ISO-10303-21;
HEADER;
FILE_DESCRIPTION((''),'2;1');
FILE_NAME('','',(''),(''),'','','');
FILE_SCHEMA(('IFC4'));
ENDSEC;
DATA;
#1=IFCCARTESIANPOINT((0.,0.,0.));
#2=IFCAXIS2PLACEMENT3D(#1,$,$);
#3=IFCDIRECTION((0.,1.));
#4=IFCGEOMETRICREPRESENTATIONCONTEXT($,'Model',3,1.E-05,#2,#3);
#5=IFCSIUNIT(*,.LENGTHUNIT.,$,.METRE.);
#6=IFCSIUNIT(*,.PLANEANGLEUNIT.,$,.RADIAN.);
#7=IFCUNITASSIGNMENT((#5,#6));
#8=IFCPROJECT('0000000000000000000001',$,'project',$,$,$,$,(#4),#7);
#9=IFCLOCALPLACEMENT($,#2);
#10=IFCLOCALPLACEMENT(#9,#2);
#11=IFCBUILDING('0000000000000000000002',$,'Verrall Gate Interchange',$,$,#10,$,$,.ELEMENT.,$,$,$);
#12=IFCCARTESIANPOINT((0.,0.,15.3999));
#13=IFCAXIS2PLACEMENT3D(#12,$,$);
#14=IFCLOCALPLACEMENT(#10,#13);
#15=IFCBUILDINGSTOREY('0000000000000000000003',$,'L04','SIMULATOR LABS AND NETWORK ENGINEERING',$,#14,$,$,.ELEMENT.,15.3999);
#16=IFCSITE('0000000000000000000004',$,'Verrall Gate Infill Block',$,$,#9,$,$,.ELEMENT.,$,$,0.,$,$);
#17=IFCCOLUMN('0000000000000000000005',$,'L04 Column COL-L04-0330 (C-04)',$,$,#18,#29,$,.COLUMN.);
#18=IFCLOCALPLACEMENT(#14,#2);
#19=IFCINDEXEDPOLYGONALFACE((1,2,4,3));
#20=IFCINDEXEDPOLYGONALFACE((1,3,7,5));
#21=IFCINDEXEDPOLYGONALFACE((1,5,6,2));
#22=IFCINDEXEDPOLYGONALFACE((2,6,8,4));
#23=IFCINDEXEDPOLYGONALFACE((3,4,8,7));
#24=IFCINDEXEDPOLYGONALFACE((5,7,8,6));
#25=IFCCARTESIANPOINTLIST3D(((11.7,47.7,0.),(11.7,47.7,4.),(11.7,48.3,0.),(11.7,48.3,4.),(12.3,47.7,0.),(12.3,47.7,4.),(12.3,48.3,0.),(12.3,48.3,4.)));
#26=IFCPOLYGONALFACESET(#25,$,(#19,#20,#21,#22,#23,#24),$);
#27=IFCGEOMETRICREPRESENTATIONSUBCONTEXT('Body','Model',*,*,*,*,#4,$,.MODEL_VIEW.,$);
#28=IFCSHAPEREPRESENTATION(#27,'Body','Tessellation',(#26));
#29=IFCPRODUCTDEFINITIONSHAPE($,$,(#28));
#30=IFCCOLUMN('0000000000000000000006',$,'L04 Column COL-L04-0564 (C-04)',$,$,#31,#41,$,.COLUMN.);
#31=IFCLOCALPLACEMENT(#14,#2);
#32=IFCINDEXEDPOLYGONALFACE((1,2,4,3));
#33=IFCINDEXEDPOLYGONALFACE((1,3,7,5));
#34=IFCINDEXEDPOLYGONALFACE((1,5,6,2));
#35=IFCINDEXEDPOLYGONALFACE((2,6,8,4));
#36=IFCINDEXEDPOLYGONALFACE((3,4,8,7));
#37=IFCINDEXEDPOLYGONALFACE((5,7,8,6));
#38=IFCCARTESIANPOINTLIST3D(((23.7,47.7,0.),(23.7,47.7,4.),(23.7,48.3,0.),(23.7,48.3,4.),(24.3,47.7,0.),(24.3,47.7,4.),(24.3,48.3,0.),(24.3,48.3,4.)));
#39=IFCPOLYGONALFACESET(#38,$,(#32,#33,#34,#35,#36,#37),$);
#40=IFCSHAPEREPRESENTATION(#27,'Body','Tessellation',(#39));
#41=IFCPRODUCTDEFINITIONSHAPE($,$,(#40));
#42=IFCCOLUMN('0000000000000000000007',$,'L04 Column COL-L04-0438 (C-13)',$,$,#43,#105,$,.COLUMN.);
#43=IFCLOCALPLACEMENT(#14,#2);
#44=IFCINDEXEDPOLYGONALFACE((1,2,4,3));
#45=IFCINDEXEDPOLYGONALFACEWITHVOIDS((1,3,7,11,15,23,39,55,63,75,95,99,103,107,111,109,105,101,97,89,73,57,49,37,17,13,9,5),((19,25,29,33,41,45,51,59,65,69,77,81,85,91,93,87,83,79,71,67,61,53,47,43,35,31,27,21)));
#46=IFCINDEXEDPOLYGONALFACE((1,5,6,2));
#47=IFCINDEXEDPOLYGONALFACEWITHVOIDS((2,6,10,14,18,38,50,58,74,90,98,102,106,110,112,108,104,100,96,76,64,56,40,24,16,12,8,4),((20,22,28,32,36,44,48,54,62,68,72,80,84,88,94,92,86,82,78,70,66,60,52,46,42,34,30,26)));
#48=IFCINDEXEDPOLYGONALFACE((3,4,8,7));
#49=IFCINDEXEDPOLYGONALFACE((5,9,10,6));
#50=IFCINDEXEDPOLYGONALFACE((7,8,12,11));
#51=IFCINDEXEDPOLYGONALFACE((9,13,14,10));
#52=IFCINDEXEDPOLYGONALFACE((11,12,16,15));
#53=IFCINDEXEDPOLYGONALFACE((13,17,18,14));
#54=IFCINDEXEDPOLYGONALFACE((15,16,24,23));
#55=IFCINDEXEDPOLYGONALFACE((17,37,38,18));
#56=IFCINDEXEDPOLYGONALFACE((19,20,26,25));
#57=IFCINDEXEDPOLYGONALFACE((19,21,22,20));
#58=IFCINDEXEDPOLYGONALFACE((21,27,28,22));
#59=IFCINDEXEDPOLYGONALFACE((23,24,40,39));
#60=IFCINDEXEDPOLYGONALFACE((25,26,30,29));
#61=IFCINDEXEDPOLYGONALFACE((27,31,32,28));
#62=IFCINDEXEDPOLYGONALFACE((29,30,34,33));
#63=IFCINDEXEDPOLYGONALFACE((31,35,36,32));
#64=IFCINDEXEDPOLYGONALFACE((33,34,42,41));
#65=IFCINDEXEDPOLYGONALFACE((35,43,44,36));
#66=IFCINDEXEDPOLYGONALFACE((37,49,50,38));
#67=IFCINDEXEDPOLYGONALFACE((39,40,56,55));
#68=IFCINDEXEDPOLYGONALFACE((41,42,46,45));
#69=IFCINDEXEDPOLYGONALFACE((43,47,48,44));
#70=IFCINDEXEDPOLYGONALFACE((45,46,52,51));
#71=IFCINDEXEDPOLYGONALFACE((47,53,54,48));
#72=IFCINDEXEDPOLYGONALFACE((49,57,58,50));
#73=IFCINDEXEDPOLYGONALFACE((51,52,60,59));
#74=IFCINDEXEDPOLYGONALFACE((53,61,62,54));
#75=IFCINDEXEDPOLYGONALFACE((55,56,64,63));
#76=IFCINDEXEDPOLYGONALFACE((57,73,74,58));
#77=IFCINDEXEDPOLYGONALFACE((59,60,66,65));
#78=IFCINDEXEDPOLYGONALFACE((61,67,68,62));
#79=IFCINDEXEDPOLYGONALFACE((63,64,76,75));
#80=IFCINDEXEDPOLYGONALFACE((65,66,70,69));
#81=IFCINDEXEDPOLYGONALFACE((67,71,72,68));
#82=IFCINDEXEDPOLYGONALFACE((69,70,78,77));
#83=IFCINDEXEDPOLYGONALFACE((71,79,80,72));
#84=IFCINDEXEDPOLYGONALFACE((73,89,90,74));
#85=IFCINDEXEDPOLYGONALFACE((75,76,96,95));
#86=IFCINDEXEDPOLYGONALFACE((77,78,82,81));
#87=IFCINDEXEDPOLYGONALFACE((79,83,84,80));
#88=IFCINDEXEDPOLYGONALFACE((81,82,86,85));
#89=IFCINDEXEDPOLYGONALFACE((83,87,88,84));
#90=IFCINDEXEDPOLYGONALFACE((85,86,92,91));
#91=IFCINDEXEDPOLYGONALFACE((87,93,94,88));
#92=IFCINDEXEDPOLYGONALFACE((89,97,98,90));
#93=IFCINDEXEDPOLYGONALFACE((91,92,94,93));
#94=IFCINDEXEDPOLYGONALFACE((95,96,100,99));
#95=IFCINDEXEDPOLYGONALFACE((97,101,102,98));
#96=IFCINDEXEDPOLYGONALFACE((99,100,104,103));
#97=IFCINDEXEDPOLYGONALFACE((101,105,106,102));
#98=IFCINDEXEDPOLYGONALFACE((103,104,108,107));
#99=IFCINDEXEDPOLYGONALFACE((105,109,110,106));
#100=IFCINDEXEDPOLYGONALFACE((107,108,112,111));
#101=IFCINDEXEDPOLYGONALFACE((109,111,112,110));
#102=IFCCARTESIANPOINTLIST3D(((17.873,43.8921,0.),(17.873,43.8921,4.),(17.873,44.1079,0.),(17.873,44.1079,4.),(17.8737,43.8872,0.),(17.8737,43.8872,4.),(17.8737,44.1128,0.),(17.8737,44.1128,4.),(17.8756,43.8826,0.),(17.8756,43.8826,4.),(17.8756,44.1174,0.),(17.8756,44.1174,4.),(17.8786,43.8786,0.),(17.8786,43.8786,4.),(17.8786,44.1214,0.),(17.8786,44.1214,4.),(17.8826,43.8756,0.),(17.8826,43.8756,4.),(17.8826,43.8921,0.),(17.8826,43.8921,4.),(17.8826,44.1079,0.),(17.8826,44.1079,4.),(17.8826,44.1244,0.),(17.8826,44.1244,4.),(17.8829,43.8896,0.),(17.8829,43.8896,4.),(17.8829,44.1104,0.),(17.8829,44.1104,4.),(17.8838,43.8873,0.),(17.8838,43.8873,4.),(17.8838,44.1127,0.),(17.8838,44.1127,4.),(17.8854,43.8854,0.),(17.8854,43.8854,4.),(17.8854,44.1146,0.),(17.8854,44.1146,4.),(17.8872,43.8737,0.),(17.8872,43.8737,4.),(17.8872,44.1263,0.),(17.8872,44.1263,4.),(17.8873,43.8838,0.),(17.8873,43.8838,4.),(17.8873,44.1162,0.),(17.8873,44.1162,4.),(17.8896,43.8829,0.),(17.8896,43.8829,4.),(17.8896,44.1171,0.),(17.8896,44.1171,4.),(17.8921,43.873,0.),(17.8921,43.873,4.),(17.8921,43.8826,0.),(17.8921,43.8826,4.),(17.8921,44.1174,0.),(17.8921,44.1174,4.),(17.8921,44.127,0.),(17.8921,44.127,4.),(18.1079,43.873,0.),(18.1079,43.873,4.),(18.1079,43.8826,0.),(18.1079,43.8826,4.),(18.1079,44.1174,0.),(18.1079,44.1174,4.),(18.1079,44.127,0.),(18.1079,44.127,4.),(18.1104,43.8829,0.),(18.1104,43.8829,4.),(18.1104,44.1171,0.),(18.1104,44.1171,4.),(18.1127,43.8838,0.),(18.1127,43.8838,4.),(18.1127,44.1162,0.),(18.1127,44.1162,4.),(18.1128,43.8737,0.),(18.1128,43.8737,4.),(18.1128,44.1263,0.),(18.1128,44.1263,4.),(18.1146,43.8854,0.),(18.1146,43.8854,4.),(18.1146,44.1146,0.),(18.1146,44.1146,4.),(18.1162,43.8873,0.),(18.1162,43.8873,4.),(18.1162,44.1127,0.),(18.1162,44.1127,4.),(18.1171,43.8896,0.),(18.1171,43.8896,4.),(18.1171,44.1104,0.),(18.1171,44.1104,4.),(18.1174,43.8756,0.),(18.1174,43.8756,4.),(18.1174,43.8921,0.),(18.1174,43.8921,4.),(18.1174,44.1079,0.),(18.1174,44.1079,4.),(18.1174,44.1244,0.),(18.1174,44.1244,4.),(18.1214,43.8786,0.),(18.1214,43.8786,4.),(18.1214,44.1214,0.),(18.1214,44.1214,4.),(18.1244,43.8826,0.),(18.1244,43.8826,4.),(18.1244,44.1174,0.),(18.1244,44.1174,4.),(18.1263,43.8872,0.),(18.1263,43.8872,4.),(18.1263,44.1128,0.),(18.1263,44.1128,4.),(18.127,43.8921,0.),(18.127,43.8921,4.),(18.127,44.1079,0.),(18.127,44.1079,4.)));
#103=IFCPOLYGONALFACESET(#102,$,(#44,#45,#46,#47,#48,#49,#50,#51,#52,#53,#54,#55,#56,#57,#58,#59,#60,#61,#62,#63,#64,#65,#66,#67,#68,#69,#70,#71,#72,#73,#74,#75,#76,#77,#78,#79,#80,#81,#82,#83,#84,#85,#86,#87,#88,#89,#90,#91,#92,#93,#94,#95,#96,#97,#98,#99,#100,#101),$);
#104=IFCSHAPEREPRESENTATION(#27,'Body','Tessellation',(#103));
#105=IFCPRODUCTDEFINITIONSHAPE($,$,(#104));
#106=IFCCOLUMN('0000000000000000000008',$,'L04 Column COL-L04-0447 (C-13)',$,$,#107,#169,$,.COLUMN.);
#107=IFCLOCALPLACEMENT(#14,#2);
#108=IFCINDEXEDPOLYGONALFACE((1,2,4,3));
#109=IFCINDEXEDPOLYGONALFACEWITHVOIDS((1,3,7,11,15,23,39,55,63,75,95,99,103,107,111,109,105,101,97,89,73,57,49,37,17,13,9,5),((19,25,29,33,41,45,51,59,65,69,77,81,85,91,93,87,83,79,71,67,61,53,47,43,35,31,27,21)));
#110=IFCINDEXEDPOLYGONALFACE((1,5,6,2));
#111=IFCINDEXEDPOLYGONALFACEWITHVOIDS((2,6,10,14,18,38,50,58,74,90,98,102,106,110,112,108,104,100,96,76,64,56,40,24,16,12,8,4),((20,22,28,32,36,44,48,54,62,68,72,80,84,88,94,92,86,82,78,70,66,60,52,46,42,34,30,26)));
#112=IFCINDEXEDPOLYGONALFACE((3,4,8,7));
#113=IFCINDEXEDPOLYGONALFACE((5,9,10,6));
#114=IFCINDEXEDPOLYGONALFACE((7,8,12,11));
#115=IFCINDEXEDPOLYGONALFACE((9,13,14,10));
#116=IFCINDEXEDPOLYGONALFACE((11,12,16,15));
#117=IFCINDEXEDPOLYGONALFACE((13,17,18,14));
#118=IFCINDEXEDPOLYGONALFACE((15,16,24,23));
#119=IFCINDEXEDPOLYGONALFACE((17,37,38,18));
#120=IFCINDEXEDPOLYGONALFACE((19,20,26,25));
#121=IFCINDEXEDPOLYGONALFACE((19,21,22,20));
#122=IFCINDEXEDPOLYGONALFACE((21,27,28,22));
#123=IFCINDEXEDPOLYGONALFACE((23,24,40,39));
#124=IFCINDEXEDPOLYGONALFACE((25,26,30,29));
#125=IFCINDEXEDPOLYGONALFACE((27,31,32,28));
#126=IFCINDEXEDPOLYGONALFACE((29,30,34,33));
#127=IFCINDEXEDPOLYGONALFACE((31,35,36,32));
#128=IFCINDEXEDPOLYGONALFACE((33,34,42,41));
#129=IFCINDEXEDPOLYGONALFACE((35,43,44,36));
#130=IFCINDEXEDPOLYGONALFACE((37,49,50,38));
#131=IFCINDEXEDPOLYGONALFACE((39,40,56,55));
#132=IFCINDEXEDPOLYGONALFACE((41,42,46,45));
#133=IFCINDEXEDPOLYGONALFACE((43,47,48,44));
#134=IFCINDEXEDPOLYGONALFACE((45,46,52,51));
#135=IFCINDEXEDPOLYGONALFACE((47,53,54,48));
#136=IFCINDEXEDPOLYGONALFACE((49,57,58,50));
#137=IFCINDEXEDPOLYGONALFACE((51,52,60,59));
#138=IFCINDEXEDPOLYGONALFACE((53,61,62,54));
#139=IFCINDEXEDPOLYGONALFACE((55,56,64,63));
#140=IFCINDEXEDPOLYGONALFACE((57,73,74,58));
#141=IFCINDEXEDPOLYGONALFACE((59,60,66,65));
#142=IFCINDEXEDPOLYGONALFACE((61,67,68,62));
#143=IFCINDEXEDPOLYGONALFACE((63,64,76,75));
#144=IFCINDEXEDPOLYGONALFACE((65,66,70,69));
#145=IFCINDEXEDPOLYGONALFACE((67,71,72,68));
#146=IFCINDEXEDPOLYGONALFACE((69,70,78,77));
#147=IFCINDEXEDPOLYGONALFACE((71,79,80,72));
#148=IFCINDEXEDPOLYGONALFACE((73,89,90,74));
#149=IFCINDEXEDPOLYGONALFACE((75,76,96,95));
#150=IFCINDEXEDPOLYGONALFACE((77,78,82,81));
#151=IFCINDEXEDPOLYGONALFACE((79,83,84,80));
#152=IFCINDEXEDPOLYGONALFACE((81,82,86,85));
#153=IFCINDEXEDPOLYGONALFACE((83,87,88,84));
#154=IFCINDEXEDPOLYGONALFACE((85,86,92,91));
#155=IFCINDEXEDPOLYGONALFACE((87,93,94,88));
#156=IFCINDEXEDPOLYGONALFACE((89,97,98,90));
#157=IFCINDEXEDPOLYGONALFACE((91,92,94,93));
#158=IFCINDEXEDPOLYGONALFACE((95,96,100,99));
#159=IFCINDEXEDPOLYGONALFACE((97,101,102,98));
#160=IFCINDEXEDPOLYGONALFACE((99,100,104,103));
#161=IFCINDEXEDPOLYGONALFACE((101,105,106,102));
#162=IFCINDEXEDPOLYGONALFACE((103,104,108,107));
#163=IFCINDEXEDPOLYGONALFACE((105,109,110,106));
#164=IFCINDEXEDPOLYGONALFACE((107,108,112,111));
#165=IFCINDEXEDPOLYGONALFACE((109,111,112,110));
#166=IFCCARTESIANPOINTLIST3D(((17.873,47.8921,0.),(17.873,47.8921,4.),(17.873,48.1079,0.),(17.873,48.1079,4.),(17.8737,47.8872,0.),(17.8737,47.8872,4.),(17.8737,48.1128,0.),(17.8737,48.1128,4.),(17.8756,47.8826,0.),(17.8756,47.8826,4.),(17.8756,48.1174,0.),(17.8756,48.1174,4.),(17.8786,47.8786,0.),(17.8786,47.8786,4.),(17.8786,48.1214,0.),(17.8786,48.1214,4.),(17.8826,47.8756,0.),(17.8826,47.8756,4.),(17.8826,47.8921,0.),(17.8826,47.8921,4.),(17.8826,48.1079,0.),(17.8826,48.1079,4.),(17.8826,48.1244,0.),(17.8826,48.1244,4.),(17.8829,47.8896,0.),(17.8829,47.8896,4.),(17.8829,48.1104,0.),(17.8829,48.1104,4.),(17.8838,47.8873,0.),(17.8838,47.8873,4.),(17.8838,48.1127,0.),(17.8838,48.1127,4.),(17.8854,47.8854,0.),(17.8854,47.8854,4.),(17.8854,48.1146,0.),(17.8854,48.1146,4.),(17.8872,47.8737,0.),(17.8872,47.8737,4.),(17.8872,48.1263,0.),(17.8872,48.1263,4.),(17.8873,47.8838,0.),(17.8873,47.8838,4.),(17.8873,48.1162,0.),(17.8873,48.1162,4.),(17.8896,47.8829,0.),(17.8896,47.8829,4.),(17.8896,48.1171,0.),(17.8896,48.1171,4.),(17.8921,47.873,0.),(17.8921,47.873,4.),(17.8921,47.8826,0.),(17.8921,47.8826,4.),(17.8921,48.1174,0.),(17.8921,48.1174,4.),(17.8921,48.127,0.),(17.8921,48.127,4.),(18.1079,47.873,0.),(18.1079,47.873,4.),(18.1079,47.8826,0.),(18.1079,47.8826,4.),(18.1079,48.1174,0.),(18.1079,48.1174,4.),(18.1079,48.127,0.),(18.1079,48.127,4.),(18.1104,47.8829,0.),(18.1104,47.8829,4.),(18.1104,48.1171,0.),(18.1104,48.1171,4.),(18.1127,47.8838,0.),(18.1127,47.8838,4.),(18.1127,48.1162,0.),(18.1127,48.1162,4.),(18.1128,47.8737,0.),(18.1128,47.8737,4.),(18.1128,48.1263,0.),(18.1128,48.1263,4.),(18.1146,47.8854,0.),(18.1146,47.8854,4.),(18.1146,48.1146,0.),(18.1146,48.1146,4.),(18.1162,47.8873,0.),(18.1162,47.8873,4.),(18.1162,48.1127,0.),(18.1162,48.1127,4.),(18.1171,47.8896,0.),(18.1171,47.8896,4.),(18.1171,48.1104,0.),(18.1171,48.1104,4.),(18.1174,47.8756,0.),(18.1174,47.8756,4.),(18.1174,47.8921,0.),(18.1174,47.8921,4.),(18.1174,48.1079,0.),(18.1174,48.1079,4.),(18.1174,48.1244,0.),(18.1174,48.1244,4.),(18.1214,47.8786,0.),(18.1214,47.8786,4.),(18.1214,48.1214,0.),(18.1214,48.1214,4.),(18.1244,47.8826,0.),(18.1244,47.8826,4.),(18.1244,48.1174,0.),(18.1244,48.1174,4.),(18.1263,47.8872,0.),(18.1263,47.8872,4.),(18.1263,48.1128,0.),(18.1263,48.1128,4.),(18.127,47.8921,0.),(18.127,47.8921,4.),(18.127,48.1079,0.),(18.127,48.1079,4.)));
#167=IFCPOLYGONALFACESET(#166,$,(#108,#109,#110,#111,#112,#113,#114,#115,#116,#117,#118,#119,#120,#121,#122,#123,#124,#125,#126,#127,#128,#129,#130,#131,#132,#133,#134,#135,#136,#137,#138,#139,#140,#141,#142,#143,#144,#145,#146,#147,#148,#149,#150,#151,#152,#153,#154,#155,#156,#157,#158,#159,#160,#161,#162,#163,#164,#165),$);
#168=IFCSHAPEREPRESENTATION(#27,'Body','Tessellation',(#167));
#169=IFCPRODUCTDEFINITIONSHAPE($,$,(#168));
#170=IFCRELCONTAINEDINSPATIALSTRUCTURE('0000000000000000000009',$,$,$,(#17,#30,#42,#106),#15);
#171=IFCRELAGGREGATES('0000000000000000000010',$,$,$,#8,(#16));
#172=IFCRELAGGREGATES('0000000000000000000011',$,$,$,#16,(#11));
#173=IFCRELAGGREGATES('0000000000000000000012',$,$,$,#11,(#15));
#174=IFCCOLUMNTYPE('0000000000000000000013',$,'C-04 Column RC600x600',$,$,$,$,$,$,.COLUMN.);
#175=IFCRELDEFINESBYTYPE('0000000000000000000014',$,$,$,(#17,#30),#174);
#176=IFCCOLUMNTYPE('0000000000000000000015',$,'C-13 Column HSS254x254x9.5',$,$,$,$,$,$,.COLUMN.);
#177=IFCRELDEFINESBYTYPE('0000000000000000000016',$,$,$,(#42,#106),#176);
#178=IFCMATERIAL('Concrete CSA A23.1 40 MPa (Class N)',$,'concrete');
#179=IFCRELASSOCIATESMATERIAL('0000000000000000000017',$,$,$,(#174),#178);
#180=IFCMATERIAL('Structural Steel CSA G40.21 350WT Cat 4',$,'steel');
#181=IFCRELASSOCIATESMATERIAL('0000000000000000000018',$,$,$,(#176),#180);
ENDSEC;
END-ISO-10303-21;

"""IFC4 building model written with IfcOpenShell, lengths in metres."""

from ifc_helpers import new_model, si_unit, direction, frame, origin, origin_2d, place, context, subcontext, project, spatial, rectangle, hollow_rectangle, extrude, material, material_profile, profile_set, type_object, element, save


model = new_model("IFC4")

# Units and contexts
model_context = context("Model", 3, precision=1e-05, world=origin(), true_north=direction((0.0, 1.0)))
body_context = subcontext(model_context, "Body", "Model", "MODEL_VIEW")
ifc_project = project(units=[si_unit("LENGTHUNIT", "METRE"), si_unit("PLANEANGLEUNIT", "RADIAN")], contexts=[model_context])

# Site, building, storey
site_placement = place(None, origin())
site = spatial("IfcSite", under=ifc_project, at=site_placement, Name="Verrall Gate Infill Block", CompositionType="ELEMENT", RefElevation=0.0)
building_placement = place(site_placement, origin())
building = spatial("IfcBuilding", under=site, at=building_placement, Name="Verrall Gate Interchange", CompositionType="ELEMENT")
storey_placement = place(building_placement, frame((0.0, 0.0, 15.3999)))
storey = spatial("IfcBuildingStorey", under=building, at=storey_placement, Name="L04", Description="SIMULATOR LABS AND NETWORK ENGINEERING", CompositionType="ELEMENT", Elevation=15.3999)

# Columns
ifc_material_1 = material(Name="Concrete CSA A23.1 40 MPa (Class N)", Category="concrete")
ifc_material_profile_1 = material_profile(ifc_material_1, rectangle(XDim=0.6001, YDim=0.6001, at=origin_2d()), Name="RC600x600")
ifc_profile_set_1 = profile_set([ifc_material_profile_1], Name="Concrete CSA A23.1 40 MPa (Class N)")
column_type_1 = type_object("IfcColumnType", Name="C-04 Column RC600x600", PredefinedType="COLUMN", material=ifc_profile_set_1)
for number, where, z_axis, x_axis, name in (
    (1, (12.0, 48.0, 0.0), (0.0, 0.0, 1.0), (1.0, 0.0, 0.0), "L04 Column COL-L04-0330 (C-04)"),
    (2, (24.0, 48.0, 0.0), (0.0, 0.0, 1.0), (1.0, 0.0, 0.0), "L04 Column COL-L04-0564 (C-04)"),
):
    element("IfcColumn", number, at=place(storey_placement, frame(where, z_axis=z_axis, x_axis=x_axis)), inside=storey, type_object=column_type_1, Name=name, PredefinedType="COLUMN", context=body_context, shape_type="SweptSolid", body=[
        extrude(rectangle(XDim=0.6001, YDim=0.6001, at=origin_2d()), origin(), (0.0, 0.0, 1.0), 4.0),
    ])
ifc_material_2 = material(Name="Structural Steel CSA G40.21 350WT Cat 4", Category="steel")
ifc_material_profile_2 = material_profile(ifc_material_2, hollow_rectangle(XDim=0.2539, YDim=0.2539, WallThickness=0.0095, InnerFilletRadius=0.0095, OuterFilletRadius=0.019, at=origin_2d()), Name="HSS254x254x9.5")
ifc_profile_set_2 = profile_set([ifc_material_profile_2], Name="Structural Steel CSA G40.21 350WT Cat 4")
column_type_2 = type_object("IfcColumnType", Name="C-13 Column HSS254x254x9.5", PredefinedType="COLUMN", material=ifc_profile_set_2)
for number, where, z_axis, x_axis, name in (
    (3, (18.0, 44.0, 0.0), (0.0, 0.0, 1.0), (1.0, 0.0, 0.0), "L04 Column COL-L04-0438 (C-13)"),
    (4, (18.0, 48.0, 0.0), (0.0, 0.0, 1.0), (1.0, 0.0, 0.0), "L04 Column COL-L04-0447 (C-13)"),
):
    element("IfcColumn", number, at=place(storey_placement, frame(where, z_axis=z_axis, x_axis=x_axis)), inside=storey, type_object=column_type_2, Name=name, PredefinedType="COLUMN", context=body_context, shape_type="SweptSolid", body=[
        extrude(hollow_rectangle(XDim=0.2539, YDim=0.2539, WallThickness=0.0095, InnerFilletRadius=0.0095, OuterFilletRadius=0.019, at=origin_2d()), origin(), (0.0, 0.0, 1.0), 4.0),
    ])

save(model, "model.ifc")
